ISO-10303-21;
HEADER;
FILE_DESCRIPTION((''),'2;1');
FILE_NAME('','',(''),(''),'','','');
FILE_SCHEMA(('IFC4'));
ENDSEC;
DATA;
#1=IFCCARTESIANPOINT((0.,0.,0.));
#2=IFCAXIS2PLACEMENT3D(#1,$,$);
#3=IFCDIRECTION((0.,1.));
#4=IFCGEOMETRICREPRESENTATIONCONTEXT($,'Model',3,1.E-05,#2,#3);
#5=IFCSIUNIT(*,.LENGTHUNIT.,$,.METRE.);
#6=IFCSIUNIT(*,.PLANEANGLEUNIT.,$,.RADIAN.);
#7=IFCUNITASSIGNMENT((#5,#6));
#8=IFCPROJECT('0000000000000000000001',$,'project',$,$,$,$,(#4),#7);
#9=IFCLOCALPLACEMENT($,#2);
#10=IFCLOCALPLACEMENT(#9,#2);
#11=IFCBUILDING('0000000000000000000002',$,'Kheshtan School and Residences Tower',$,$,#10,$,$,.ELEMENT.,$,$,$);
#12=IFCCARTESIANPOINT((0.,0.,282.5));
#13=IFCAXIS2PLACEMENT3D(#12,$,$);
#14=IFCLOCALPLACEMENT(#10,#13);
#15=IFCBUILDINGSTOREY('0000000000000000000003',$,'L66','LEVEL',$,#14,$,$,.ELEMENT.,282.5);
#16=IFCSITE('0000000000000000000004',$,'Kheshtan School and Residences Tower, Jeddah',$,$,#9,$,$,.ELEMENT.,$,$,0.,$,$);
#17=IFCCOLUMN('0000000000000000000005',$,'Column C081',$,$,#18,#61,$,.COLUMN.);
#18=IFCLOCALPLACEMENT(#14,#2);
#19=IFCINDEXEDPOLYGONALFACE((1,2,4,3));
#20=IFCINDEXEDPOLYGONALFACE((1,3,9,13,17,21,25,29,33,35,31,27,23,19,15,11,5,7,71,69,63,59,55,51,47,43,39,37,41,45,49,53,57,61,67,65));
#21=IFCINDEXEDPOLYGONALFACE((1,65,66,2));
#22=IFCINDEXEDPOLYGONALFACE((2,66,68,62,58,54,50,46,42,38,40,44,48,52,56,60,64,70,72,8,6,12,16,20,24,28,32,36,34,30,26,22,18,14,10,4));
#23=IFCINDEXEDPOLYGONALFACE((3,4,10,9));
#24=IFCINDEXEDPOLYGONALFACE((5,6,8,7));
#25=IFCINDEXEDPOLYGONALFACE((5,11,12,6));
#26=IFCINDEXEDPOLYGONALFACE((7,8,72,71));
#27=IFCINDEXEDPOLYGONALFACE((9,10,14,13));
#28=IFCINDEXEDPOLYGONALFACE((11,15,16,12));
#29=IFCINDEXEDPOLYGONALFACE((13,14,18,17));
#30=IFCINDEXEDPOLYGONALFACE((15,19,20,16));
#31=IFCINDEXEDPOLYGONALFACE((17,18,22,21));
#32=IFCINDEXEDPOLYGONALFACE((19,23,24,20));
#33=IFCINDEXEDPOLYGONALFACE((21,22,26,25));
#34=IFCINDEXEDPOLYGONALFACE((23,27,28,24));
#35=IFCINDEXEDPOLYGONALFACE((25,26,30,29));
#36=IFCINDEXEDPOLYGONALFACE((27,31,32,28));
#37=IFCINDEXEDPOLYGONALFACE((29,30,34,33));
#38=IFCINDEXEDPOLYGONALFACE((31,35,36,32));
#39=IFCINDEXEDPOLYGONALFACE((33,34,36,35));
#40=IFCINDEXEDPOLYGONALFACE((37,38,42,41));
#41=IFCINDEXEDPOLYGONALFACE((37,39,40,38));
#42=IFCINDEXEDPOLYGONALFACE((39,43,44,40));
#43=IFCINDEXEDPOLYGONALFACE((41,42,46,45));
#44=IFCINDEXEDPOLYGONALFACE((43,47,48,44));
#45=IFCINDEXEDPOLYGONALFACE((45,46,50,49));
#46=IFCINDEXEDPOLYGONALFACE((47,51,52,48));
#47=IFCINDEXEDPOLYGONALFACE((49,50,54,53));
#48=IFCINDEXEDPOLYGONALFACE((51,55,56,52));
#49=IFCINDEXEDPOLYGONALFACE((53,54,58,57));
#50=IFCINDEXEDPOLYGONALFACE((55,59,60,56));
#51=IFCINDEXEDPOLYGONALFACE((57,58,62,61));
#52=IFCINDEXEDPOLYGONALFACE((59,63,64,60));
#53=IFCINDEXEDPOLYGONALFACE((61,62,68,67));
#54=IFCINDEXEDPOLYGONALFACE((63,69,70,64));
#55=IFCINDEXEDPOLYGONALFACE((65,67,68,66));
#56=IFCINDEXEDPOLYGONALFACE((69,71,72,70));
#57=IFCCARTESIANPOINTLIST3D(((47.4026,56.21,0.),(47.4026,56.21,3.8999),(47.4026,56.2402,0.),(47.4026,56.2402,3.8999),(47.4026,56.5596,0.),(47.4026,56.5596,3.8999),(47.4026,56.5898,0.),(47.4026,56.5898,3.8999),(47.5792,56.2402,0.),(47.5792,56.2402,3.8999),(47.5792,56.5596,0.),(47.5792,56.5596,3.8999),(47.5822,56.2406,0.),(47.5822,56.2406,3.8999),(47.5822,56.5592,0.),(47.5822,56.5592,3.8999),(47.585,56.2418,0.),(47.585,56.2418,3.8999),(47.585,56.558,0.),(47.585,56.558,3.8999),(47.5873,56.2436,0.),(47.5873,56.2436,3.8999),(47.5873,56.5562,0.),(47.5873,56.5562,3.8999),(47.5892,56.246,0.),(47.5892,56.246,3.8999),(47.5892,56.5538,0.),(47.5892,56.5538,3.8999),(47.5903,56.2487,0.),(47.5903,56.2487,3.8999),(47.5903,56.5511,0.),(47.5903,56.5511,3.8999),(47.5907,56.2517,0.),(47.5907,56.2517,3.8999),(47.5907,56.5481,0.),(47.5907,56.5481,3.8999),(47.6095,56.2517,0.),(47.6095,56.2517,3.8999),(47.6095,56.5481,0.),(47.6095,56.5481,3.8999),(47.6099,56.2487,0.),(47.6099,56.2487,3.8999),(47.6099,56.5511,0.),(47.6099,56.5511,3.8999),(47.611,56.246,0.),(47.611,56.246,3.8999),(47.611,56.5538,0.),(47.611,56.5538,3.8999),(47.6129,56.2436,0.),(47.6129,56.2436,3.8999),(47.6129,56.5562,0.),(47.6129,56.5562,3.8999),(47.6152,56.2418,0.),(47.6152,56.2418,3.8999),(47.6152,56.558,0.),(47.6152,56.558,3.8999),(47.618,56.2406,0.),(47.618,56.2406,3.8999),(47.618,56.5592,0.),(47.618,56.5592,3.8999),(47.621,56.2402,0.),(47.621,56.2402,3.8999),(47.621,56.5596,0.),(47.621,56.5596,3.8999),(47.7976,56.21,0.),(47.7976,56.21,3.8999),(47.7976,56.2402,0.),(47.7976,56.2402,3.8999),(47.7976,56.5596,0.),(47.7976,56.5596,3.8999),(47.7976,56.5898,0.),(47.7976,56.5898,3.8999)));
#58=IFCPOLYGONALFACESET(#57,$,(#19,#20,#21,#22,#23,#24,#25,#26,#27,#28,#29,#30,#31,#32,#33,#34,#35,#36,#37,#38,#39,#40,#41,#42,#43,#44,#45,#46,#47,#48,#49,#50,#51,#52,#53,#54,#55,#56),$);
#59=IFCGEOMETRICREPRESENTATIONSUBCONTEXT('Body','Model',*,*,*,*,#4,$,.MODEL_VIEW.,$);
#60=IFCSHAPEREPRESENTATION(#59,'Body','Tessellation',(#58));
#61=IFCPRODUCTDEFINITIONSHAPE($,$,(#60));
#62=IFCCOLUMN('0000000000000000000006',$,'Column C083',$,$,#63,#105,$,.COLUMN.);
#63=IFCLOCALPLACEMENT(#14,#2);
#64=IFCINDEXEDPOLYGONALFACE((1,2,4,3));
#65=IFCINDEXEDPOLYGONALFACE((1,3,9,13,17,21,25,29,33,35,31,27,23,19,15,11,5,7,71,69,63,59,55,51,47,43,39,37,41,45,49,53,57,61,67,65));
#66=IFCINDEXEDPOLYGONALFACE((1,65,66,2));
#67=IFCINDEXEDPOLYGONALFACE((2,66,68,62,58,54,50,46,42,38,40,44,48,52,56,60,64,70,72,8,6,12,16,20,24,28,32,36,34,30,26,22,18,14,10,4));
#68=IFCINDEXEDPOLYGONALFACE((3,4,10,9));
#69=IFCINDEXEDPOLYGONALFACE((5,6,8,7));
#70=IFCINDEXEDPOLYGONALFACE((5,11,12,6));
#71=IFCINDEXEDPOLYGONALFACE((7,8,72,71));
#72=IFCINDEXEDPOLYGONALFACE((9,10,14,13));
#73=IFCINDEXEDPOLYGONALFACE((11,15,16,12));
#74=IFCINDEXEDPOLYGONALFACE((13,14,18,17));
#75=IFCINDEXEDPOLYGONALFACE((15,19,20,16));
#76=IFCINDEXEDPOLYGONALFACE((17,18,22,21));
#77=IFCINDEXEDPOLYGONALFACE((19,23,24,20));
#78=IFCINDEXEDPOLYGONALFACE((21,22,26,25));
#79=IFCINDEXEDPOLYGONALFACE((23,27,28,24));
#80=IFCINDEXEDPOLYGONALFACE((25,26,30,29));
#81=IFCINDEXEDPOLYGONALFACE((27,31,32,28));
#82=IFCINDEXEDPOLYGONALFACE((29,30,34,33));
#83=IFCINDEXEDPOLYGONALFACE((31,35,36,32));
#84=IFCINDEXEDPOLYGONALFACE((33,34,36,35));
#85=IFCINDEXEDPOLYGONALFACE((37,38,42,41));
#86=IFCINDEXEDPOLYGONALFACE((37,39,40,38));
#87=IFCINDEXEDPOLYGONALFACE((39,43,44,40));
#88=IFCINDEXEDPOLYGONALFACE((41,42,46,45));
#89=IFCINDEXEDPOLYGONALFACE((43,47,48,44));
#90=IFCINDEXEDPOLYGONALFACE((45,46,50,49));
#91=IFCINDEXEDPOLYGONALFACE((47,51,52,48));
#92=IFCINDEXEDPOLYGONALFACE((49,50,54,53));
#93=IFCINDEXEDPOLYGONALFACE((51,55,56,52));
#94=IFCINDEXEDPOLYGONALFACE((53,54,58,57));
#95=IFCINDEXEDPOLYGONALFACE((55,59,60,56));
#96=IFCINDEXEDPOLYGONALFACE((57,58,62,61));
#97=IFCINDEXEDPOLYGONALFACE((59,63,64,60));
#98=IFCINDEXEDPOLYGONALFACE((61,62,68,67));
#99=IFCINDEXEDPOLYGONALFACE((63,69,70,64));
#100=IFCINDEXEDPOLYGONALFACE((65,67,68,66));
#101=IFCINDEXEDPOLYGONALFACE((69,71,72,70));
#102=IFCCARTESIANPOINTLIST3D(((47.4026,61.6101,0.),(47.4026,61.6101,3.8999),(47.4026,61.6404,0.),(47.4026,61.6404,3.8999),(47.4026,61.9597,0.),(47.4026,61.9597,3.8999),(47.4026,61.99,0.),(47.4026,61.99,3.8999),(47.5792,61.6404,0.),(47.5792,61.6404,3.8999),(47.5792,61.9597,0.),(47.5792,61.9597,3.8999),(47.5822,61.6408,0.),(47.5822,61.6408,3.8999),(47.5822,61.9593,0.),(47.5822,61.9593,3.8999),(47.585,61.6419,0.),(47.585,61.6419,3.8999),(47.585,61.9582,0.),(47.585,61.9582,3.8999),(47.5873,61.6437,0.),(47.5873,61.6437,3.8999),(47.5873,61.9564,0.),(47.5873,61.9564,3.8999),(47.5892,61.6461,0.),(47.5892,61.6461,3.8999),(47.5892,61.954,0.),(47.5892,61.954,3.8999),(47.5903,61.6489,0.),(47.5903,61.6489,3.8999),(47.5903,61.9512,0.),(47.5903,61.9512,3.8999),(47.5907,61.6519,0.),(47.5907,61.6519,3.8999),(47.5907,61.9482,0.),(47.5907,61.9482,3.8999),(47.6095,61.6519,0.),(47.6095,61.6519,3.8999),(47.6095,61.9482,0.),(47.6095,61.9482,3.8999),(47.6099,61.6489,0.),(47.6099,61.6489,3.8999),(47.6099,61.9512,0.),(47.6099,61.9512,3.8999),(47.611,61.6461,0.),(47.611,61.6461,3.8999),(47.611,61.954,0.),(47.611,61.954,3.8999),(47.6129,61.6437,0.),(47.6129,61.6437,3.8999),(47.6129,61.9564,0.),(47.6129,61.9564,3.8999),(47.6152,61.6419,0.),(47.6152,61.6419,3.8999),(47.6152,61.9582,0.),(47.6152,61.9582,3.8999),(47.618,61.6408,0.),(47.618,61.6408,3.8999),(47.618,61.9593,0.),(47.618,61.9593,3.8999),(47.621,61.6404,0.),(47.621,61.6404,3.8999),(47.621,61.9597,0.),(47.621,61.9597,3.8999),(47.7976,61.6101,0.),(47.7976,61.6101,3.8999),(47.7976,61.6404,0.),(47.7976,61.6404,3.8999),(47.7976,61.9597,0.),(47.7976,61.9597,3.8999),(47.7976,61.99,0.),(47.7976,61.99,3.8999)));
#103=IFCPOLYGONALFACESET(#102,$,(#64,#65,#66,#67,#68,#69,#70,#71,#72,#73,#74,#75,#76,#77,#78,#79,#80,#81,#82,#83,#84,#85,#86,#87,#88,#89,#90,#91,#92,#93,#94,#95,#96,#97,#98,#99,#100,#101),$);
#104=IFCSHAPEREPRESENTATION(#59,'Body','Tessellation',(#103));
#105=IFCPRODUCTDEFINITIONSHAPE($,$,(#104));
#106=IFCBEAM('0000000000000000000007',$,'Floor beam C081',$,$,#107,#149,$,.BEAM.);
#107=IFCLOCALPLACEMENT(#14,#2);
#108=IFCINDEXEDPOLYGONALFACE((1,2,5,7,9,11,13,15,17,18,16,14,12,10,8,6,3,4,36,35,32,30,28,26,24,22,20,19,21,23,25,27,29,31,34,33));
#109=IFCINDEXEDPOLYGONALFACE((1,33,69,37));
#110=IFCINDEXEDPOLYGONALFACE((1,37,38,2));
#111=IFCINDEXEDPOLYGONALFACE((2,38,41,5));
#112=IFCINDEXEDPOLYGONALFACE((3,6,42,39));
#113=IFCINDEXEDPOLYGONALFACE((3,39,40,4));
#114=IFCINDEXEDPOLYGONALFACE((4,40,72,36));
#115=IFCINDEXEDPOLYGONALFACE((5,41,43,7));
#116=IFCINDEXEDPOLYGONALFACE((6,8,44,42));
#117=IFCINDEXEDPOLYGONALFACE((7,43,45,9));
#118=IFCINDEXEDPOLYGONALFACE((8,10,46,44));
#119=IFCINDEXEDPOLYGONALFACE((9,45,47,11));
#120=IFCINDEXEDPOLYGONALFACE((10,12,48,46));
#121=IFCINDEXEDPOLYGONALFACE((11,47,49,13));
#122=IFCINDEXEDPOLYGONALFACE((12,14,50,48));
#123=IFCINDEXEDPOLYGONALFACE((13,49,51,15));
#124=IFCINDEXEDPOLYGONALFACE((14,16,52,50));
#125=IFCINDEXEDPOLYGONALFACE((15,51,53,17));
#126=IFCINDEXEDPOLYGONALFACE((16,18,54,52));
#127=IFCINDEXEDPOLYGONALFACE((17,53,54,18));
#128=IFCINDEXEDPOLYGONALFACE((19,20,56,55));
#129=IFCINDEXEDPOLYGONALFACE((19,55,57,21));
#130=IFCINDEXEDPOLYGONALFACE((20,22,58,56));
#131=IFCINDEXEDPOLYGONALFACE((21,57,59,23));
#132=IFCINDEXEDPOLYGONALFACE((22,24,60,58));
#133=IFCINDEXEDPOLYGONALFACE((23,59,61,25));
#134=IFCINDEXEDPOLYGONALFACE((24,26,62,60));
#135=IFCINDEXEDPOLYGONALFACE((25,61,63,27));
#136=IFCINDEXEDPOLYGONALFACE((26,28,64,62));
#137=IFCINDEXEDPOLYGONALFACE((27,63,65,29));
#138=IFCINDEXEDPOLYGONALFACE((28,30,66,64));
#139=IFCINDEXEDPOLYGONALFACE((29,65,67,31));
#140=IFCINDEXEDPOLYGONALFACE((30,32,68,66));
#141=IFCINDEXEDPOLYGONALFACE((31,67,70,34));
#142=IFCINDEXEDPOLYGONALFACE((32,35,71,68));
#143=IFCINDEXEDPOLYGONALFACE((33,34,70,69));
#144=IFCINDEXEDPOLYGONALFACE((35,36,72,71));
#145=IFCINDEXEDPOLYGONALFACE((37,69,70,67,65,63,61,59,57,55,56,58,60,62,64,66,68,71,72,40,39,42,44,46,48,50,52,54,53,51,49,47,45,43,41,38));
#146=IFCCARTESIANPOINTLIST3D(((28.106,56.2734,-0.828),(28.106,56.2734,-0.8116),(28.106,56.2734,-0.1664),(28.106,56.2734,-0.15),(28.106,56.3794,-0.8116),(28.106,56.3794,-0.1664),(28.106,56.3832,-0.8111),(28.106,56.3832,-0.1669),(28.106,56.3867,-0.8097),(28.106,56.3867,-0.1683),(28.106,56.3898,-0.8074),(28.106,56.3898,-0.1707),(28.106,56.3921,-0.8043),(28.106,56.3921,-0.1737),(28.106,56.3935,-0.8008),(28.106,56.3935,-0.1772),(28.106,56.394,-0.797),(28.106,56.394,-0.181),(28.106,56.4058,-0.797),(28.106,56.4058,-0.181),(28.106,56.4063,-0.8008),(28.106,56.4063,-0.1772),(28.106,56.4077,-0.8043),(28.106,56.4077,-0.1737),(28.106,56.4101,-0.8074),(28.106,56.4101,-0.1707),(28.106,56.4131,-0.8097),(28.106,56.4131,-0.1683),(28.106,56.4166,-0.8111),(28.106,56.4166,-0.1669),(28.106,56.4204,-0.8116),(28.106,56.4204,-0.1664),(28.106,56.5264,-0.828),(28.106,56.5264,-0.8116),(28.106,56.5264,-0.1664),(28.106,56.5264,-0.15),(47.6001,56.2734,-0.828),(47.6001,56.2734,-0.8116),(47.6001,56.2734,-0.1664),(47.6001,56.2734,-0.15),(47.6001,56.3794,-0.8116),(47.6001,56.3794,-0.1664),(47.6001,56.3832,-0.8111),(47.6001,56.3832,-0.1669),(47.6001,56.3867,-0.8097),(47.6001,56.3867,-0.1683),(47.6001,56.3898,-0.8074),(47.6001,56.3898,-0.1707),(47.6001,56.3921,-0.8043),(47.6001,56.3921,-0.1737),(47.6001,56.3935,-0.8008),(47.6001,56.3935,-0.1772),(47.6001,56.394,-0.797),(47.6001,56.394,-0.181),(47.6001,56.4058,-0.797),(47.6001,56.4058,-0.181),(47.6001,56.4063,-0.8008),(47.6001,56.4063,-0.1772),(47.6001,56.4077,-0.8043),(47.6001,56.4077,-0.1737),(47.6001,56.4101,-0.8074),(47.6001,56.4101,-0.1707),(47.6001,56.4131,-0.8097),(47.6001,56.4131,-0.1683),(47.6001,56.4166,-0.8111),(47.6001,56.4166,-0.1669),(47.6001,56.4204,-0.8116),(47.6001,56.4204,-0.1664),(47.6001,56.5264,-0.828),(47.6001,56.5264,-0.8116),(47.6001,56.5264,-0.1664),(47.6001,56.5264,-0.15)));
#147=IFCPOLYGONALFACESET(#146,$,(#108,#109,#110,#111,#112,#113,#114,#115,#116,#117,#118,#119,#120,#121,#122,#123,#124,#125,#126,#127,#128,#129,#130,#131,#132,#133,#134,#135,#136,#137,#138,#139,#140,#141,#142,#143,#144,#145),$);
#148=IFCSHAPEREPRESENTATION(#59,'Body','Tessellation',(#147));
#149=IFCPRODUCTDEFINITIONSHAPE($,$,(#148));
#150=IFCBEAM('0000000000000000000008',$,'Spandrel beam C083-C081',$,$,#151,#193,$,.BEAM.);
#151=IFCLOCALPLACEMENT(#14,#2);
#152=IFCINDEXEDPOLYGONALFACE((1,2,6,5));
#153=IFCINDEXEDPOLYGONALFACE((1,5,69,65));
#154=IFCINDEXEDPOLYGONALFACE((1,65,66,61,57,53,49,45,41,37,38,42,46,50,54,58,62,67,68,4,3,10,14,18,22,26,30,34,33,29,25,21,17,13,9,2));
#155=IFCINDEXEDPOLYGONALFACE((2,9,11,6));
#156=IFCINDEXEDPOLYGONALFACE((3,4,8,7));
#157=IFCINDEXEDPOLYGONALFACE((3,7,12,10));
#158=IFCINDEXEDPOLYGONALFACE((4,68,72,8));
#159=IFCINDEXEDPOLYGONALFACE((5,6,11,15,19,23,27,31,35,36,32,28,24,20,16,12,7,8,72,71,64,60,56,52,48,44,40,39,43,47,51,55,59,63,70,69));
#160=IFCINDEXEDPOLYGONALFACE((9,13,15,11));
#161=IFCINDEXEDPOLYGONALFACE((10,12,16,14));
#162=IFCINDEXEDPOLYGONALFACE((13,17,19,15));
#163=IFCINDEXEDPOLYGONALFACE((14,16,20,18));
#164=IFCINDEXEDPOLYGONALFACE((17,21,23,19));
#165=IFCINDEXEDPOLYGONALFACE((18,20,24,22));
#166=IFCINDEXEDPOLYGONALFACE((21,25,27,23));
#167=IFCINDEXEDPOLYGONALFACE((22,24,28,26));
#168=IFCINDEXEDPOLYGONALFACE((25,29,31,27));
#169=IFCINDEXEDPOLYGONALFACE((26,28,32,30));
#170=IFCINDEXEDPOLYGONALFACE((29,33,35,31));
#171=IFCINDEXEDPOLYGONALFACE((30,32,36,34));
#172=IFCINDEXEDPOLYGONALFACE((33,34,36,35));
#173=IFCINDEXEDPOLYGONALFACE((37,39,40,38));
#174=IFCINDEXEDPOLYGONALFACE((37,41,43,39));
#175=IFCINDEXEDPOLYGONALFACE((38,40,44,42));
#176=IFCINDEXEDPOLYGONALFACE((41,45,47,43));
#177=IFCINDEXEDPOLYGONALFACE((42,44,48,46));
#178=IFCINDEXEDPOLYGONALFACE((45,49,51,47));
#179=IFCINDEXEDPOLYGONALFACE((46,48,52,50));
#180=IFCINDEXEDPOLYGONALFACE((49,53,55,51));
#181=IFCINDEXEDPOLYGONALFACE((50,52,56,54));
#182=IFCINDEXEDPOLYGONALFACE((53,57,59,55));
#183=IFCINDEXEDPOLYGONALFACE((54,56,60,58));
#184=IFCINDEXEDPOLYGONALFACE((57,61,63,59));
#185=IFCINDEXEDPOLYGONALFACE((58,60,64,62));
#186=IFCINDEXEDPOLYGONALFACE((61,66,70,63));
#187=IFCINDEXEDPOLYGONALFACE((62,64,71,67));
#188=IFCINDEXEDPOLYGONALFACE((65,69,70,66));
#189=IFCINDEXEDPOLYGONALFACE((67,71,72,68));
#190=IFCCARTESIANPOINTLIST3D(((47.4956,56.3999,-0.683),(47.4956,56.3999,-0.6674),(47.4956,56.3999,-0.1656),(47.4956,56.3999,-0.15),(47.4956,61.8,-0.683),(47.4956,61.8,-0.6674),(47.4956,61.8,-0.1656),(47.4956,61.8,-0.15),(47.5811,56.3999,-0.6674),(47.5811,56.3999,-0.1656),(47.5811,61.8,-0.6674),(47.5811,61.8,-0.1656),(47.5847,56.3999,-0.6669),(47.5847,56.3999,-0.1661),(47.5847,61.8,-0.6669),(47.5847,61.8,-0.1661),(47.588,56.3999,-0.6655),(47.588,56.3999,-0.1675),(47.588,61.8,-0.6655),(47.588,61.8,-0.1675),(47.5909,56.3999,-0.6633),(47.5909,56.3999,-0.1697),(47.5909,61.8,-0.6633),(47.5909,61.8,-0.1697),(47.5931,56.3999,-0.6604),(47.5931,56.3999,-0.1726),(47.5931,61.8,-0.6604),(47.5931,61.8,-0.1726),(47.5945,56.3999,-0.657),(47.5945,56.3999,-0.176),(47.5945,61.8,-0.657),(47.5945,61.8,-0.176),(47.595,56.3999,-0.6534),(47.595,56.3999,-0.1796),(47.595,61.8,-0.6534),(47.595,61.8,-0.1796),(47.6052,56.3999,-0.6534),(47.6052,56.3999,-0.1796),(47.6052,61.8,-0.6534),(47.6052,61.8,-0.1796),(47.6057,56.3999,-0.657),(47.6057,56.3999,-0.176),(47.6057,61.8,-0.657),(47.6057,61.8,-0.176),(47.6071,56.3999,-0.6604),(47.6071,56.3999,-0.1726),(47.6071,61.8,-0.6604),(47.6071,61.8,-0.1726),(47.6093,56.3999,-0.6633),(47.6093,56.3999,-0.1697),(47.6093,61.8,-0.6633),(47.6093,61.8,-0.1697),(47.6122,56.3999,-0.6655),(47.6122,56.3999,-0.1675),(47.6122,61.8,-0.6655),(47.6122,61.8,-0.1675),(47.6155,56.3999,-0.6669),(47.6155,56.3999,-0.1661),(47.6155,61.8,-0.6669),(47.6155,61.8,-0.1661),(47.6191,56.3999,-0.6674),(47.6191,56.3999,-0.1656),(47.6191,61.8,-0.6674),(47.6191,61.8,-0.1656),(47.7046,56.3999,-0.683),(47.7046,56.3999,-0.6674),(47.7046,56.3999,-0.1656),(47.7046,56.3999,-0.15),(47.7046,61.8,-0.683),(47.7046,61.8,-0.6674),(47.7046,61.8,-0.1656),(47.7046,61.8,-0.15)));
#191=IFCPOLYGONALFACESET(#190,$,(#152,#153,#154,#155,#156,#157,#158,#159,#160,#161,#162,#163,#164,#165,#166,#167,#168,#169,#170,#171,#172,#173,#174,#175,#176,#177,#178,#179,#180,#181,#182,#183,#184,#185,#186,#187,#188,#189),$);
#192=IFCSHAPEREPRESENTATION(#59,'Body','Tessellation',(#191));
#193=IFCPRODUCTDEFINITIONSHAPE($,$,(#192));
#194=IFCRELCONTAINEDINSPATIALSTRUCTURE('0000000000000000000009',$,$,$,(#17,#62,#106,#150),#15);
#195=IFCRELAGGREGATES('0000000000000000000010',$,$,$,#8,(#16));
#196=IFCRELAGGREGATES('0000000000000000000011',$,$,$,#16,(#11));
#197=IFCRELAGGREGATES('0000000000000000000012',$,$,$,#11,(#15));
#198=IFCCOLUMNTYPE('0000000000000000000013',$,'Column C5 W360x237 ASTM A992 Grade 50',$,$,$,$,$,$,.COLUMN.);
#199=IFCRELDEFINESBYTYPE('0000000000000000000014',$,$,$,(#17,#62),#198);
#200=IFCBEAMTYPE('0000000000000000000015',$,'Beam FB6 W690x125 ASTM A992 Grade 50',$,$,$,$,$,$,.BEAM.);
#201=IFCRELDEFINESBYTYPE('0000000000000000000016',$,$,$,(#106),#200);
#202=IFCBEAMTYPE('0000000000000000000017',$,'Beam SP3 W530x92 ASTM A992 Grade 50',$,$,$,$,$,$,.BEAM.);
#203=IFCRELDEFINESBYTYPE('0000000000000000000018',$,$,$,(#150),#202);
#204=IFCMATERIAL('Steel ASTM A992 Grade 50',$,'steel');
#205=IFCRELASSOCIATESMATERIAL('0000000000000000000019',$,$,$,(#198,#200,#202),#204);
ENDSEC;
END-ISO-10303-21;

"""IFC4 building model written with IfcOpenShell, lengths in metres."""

from ifc_helpers import new_model, si_unit, direction, frame, origin, origin_2d, place, context, subcontext, project, spatial, i_section, extrude, material, material_profile, profile_set, type_object, element, save


model = new_model("IFC4")

# Units and contexts
model_context = context("Model", 3, precision=1e-05, world=origin(), true_north=direction((0.0, 1.0)))
body_context = subcontext(model_context, "Body", "Model", "MODEL_VIEW")
ifc_project = project(units=[si_unit("LENGTHUNIT", "METRE"), si_unit("PLANEANGLEUNIT", "RADIAN")], contexts=[model_context])

# Site, building, storey
site_placement = place(None, origin())
site = spatial("IfcSite", under=ifc_project, at=site_placement, Name="Kheshtan School and Residences Tower, Jeddah", CompositionType="ELEMENT", RefElevation=0.0)
building_placement = place(site_placement, origin())
building = spatial("IfcBuilding", under=site, at=building_placement, Name="Kheshtan School and Residences Tower", CompositionType="ELEMENT")
storey_placement = place(building_placement, frame((0.0, 0.0, 282.5)))
storey = spatial("IfcBuildingStorey", under=building, at=storey_placement, Name="L66", Description="LEVEL", CompositionType="ELEMENT", Elevation=282.5)

# Columns
ifc_material_1 = material(Name="Steel ASTM A992 Grade 50", Category="steel")
ifc_material_profile_1 = material_profile(ifc_material_1, i_section(OverallWidth=0.395, OverallDepth=0.3799, WebThickness=0.0188, FlangeThickness=0.0303, FilletRadius=0.0115, at=origin_2d()), Name="W360x237")
ifc_profile_set_1 = profile_set([ifc_material_profile_1], Name="Steel ASTM A992 Grade 50")
column_type = type_object("IfcColumnType", Name="Column C5 W360x237 ASTM A992 Grade 50", PredefinedType="COLUMN", material=ifc_profile_set_1)
for number, where, z_axis, x_axis, name in (
    (1, (47.6001, 56.3999, 0.0), (0.0, 0.0, 1.0), (1.0, 0.0, 0.0), "Column C081"),
    (2, (47.6001, 61.8, 0.0), (0.0, 0.0, 1.0), (1.0, 0.0, 0.0), "Column C083"),
):
    element("IfcColumn", number, at=place(storey_placement, frame(where, z_axis=z_axis, x_axis=x_axis)), inside=storey, type_object=column_type, Name=name, PredefinedType="COLUMN", context=body_context, shape_type="SweptSolid", body=[
        extrude(i_section(OverallWidth=0.395, OverallDepth=0.3799, WebThickness=0.0188, FlangeThickness=0.0303, FilletRadius=0.0115, at=origin_2d()), origin(), (0.0, 0.0, 1.0), 3.8999),
    ])

# Beams
ifc_material_profile_2 = material_profile(ifc_material_1, i_section(OverallWidth=0.2529, OverallDepth=0.678, WebThickness=0.0117, FlangeThickness=0.0164, FilletRadius=0.0146, at=origin_2d()), Name="W690x125")
ifc_profile_set_2 = profile_set([ifc_material_profile_2], Name="Steel ASTM A992 Grade 50")
beam_type_1 = type_object("IfcBeamType", Name="Beam FB6 W690x125 ASTM A992 Grade 50", PredefinedType="BEAM", material=ifc_profile_set_2)
beam_1_placement = place(storey_placement, frame((47.6001, 56.3999, -0.489), z_axis=(-1.0, 0.0, 0.0), x_axis=(0.0, -1.0, 0.0)))
element("IfcBeam", 3, at=beam_1_placement, inside=storey, type_object=beam_type_1, Name="Floor beam C081", PredefinedType="BEAM", context=body_context, shape_type="SweptSolid", body=[
    extrude(i_section(OverallWidth=0.2529, OverallDepth=0.678, WebThickness=0.0117, FlangeThickness=0.0164, FilletRadius=0.0146, at=origin_2d()), origin(), (0.0, 0.0, 1.0), 19.4941),
])
ifc_material_profile_3 = material_profile(ifc_material_1, i_section(OverallWidth=0.209, OverallDepth=0.533, WebThickness=0.0103, FlangeThickness=0.0156, FilletRadius=0.0139, at=origin_2d()), Name="W530x92")
ifc_profile_set_3 = profile_set([ifc_material_profile_3], Name="Steel ASTM A992 Grade 50")
beam_type_2 = type_object("IfcBeamType", Name="Beam SP3 W530x92 ASTM A992 Grade 50", PredefinedType="BEAM", material=ifc_profile_set_3)
beam_2_placement = place(storey_placement, frame((47.6001, 61.8, -0.4165), z_axis=(0.0, -1.0, 0.0), x_axis=(1.0, 0.0, 0.0)))
element("IfcBeam", 4, at=beam_2_placement, inside=storey, type_object=beam_type_2, Name="Spandrel beam C083-C081", PredefinedType="BEAM", context=body_context, shape_type="SweptSolid", body=[
    extrude(i_section(OverallWidth=0.209, OverallDepth=0.533, WebThickness=0.0103, FlangeThickness=0.0156, FilletRadius=0.0139, at=origin_2d()), origin(), (0.0, 0.0, 1.0), 5.4001),
])

save(model, "model.ifc")
